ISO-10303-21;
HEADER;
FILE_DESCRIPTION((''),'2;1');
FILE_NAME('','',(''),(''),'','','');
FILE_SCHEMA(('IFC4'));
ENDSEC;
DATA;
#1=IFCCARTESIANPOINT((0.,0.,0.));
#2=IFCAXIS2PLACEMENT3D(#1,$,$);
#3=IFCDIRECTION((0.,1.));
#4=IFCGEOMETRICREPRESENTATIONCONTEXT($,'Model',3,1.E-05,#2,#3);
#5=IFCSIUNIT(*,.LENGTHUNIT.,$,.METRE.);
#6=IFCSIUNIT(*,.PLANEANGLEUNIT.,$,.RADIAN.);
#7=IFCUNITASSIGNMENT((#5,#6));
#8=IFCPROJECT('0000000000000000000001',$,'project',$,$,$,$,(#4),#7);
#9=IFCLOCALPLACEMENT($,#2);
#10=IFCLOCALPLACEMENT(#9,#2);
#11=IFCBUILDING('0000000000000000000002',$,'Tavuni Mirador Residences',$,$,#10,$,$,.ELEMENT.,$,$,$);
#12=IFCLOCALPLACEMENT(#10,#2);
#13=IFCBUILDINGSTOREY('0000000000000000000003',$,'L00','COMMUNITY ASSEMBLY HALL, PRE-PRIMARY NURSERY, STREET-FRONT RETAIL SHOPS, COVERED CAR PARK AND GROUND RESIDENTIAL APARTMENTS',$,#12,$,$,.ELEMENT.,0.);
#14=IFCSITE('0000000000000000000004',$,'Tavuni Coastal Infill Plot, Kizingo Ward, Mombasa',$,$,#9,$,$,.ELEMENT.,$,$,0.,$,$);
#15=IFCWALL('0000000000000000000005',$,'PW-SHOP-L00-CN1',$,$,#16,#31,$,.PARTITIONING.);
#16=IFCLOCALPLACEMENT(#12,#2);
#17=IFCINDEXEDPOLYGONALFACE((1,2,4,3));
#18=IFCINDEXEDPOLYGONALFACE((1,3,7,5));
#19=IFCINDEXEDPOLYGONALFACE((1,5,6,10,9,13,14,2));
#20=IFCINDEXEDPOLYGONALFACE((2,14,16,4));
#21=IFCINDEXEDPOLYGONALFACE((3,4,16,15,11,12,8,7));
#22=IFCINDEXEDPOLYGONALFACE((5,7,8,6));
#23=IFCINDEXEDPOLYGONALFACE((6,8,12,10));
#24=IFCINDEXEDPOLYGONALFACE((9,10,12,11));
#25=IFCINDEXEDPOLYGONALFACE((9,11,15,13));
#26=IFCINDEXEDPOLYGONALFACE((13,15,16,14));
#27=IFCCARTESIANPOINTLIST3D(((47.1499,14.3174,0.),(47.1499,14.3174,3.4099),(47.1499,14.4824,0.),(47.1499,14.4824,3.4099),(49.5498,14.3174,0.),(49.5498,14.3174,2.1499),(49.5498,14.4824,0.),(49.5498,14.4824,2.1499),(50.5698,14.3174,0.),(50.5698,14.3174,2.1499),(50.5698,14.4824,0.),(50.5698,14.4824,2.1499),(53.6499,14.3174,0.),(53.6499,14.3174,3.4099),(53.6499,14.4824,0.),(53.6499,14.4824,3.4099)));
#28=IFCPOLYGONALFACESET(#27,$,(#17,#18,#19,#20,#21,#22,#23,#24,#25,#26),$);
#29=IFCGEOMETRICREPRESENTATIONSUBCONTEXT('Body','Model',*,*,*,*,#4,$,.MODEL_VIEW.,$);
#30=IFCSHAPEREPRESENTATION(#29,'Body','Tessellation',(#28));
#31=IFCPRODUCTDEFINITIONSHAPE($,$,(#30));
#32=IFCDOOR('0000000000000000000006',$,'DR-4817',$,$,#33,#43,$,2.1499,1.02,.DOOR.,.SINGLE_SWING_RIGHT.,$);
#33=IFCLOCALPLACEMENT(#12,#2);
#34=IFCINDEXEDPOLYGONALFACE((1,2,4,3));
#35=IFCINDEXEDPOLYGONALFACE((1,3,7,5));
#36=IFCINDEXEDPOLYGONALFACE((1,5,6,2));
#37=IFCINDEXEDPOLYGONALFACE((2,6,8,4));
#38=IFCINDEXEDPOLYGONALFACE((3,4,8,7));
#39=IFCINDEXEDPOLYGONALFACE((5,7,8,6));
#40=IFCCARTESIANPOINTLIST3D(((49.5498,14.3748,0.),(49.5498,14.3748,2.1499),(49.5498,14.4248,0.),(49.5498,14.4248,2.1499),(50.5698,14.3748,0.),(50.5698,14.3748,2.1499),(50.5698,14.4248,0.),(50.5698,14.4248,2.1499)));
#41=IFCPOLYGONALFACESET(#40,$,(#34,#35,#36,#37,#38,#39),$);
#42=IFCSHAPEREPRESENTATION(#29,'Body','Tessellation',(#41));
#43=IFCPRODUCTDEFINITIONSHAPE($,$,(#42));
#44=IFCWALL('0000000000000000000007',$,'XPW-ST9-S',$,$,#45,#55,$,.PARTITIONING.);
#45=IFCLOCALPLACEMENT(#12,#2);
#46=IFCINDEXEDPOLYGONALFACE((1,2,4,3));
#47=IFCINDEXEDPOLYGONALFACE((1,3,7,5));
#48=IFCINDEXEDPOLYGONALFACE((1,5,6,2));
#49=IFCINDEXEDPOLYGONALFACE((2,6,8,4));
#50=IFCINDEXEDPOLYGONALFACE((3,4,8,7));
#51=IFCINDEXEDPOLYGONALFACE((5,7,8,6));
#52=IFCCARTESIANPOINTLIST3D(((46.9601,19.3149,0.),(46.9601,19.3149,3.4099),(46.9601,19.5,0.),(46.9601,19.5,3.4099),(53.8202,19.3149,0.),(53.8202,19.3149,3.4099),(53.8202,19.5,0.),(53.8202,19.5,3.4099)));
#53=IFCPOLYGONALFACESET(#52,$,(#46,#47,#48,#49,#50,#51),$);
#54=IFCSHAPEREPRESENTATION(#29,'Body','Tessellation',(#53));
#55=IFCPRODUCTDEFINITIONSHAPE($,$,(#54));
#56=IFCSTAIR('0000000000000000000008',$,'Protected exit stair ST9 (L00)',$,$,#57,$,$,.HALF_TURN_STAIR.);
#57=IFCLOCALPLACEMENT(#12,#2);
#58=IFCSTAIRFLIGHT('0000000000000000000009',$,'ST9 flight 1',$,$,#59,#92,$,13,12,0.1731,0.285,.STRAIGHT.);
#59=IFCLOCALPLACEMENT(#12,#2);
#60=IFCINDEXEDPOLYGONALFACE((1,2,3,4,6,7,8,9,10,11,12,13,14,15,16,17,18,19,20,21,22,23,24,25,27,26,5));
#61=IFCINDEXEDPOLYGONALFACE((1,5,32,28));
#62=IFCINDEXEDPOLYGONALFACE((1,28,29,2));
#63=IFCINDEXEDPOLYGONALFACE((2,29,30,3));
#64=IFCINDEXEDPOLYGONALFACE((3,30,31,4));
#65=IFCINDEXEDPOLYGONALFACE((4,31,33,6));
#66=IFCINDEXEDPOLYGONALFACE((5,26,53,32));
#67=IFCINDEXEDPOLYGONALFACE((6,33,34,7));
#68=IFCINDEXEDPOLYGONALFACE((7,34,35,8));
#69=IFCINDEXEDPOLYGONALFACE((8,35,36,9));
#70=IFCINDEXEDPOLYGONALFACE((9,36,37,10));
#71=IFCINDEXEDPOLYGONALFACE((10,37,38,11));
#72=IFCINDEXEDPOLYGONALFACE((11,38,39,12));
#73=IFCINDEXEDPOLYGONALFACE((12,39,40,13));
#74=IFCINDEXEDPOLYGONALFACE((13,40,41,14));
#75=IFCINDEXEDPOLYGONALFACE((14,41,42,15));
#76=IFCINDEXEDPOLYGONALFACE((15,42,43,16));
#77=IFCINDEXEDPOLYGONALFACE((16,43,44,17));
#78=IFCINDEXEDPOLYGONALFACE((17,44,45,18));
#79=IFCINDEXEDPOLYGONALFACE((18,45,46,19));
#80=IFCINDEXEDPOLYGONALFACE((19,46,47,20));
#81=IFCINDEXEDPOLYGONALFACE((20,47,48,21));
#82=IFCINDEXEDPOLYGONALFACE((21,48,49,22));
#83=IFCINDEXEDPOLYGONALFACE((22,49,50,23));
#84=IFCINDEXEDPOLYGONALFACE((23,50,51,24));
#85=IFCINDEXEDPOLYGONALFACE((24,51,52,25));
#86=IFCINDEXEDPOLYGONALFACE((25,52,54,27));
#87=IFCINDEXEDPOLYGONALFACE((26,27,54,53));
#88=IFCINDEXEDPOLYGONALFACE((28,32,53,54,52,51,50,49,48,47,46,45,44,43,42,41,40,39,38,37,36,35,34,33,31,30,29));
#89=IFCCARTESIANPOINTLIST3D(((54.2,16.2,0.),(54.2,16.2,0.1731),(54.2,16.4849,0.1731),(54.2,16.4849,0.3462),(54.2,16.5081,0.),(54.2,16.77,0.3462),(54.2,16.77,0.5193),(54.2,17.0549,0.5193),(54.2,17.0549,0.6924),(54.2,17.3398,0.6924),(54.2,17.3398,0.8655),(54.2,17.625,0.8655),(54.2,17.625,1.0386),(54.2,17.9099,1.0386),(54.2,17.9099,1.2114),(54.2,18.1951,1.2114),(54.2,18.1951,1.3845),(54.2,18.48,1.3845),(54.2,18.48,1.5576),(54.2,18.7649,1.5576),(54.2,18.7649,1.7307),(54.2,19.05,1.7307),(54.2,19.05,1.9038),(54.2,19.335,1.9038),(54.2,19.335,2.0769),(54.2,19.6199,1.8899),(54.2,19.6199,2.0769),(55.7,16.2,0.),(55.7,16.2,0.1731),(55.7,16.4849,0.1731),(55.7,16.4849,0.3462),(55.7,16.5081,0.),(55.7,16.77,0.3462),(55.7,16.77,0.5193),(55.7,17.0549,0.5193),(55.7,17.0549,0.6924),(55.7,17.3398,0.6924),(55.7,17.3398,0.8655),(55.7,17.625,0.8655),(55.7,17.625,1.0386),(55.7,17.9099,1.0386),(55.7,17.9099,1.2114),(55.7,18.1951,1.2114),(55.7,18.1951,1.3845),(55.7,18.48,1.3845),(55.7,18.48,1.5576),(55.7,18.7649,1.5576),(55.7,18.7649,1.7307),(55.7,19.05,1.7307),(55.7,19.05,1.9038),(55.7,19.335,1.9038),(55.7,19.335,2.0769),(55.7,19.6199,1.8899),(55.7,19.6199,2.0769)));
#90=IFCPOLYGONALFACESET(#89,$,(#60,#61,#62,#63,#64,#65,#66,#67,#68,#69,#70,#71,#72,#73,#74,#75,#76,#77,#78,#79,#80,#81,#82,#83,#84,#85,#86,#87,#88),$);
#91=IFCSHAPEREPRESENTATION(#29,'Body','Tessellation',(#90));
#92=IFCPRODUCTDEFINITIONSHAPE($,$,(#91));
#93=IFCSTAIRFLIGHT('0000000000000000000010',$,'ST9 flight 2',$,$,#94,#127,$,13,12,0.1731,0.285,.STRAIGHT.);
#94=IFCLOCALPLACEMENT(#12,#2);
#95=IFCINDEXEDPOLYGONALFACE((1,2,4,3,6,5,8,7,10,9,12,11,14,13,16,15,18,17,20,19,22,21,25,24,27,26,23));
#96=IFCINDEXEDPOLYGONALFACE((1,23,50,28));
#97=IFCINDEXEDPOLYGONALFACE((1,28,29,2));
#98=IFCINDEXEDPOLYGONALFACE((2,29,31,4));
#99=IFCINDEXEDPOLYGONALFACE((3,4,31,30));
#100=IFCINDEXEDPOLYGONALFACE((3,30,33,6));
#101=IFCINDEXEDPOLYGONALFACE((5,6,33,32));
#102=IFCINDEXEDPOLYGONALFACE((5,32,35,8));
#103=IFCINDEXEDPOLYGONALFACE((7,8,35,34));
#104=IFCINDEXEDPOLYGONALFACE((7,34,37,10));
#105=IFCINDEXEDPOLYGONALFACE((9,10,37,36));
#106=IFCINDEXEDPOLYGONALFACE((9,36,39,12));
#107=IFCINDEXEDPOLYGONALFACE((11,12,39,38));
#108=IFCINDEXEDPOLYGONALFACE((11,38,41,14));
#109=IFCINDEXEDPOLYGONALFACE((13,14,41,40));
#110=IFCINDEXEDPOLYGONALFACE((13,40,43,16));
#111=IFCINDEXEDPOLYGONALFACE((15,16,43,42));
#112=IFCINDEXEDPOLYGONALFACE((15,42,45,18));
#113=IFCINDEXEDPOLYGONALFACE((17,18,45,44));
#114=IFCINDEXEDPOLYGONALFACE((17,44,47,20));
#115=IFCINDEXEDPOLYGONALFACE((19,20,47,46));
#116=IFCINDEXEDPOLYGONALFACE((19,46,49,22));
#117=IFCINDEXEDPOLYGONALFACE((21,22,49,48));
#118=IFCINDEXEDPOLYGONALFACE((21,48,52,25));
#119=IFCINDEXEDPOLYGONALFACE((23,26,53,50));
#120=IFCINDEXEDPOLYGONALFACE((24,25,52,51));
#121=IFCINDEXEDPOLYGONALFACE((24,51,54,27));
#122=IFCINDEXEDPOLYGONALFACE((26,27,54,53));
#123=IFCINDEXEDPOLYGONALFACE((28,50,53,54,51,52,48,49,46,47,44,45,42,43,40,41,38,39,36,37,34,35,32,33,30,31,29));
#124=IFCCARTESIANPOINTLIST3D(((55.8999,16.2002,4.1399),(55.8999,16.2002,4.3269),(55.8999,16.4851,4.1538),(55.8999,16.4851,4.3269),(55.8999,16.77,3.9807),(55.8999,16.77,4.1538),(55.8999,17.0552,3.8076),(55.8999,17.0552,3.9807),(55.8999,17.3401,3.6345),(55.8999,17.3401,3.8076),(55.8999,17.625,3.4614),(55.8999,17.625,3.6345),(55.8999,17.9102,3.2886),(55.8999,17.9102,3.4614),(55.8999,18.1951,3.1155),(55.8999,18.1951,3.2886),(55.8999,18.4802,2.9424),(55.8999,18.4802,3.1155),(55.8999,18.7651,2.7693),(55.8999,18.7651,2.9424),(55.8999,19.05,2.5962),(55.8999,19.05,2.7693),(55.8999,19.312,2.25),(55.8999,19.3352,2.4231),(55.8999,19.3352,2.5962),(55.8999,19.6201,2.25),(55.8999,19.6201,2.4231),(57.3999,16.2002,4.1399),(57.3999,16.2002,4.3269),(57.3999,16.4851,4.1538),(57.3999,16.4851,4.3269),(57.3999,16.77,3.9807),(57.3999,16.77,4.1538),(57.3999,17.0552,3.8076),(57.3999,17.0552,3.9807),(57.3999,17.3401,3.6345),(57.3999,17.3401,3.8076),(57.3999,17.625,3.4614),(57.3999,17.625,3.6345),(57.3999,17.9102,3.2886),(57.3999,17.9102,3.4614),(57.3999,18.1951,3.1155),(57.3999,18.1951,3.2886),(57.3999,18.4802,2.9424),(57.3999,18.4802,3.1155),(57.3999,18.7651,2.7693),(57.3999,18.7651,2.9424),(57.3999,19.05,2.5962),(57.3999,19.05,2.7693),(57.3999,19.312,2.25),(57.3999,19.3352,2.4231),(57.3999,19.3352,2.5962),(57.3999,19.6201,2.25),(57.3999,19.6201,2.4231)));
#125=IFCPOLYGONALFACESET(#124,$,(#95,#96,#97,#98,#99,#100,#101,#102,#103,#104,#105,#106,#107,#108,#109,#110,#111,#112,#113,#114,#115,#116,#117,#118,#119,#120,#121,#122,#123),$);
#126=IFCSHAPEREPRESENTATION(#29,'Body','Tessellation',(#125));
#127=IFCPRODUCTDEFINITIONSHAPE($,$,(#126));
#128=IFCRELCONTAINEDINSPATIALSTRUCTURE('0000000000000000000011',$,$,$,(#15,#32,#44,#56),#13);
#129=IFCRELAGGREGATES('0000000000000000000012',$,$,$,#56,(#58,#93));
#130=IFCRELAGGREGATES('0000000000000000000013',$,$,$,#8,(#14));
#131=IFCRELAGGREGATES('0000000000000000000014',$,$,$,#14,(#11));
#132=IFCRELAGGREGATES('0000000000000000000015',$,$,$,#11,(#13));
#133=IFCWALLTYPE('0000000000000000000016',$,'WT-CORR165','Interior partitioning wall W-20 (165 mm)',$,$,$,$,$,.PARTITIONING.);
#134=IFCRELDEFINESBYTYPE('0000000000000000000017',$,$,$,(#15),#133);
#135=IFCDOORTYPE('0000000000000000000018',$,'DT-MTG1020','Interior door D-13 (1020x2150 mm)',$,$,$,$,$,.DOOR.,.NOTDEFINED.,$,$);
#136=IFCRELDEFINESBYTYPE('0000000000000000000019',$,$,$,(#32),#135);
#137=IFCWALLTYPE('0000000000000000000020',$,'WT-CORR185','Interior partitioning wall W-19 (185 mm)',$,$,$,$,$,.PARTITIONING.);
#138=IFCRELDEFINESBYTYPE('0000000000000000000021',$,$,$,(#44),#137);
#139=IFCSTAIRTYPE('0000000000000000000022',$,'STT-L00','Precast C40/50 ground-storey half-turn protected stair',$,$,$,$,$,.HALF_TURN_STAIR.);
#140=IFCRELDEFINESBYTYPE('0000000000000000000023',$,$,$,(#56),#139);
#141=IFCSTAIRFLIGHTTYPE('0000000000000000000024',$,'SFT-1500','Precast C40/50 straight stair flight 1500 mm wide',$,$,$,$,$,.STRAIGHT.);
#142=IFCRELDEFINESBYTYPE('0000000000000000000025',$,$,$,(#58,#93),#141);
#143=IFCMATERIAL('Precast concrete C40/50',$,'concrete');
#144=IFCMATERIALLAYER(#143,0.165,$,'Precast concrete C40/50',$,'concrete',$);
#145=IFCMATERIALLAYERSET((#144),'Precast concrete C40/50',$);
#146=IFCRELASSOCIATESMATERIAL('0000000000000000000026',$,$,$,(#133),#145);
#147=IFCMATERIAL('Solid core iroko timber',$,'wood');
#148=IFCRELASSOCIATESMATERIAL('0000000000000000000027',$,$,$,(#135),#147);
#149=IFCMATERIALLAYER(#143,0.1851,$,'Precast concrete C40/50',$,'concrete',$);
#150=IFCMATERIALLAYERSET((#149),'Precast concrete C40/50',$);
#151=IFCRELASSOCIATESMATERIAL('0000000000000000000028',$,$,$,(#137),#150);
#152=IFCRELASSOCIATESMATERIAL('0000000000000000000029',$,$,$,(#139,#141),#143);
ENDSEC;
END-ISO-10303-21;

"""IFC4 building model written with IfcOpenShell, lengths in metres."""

from ifc_helpers import new_model, si_unit, direction, frame, frame_2d, origin, place, context, subcontext, project, spatial, polyline, rectangle, outline, extrude, material, layer, layer_set, type_object, element, fill, aggregate, save


model = new_model("IFC4")

# Units and contexts
model_context = context("Model", 3, precision=1e-05, world=origin(), true_north=direction((0.0, 1.0)))
body_context = subcontext(model_context, "Body", "Model", "MODEL_VIEW")
ifc_project = project(units=[si_unit("LENGTHUNIT", "METRE"), si_unit("PLANEANGLEUNIT", "RADIAN")], contexts=[model_context])

# Site, building, storey
site_placement = place(None, origin())
site = spatial("IfcSite", under=ifc_project, at=site_placement, Name="Tavuni Coastal Infill Plot, Kizingo Ward, Mombasa", CompositionType="ELEMENT", RefElevation=0.0)
building_placement = place(site_placement, origin())
building = spatial("IfcBuilding", under=site, at=building_placement, Name="Tavuni Mirador Residences", CompositionType="ELEMENT")
storey_placement = place(building_placement, origin())
storey = spatial("IfcBuildingStorey", under=building, at=storey_placement, Name="L00", Description="COMMUNITY ASSEMBLY HALL, PRE-PRIMARY NURSERY, STREET-FRONT RETAIL SHOPS, COVERED CAR PARK AND GROUND RESIDENTIAL APARTMENTS", CompositionType="ELEMENT", Elevation=0.0)

# Shared definitions
ifc_material_1 = material(Name="Precast concrete C40/50", Category="concrete")

# Wall, opening, door
ifc_material_2 = material(Name="Solid core iroko timber", Category="wood")
ifc_layer_1 = layer(ifc_material_1, 0.165, Name="Precast concrete C40/50", Category="concrete")
ifc_layer_set_1 = layer_set([ifc_layer_1], Name="Precast concrete C40/50")
wall_type_1 = type_object("IfcWallType", Name="WT-CORR165", Description="Interior partitioning wall W-20 (165 mm)", PredefinedType="PARTITIONING", material=ifc_layer_set_1)
wall_1_placement = place(storey_placement, frame((47.1499, 14.3999, 0.0), z_axis=(0.0, 0.0, 1.0), x_axis=(1.0, 0.0, 0.0)))
wall_1 = element("IfcWall", 1, at=wall_1_placement, inside=storey, type_object=wall_type_1, Name="PW-SHOP-L00-CN1", PredefinedType="PARTITIONING", context=body_context, shape_type="SweptSolid", body=[
    extrude(rectangle(XDim=6.5, YDim=0.165, at=frame_2d((3.25, 0.0))), origin(), (0.0, 0.0, 1.0), 3.4099),
])
opening_1_placement = place(wall_1_placement, frame((2.3999, 0.0, 0.0)))
opening_1 = element("IfcOpeningElement", 2, at=opening_1_placement, cuts=wall_1, PredefinedType="OPENING", context=body_context, shape_type="SweptSolid", body=[
    extrude(rectangle(XDim=1.02, YDim=2.1499, at=frame_2d((0.51, 1.075))), frame((0.0, 0.0925, 0.0), z_axis=(0.0, -1.0, 0.0), x_axis=(1.0, 0.0, 0.0)), (0.0, 0.0, 1.0), 0.1851),
])
door_type_1 = type_object("IfcDoorType", Name="DT-MTG1020", Description="Interior door D-13 (1020x2150 mm)", OperationType="NOTDEFINED", PredefinedType="DOOR", material=ifc_material_2)
door_1_placement = place(opening_1_placement, origin())
door_1 = element("IfcDoor", 3, at=door_1_placement, inside=storey, type_object=door_type_1, Name="DR-4817", OperationType="SINGLE_SWING_RIGHT", OverallHeight=2.1499, OverallWidth=1.02, PredefinedType="DOOR", context=body_context, shape_type="SweptSolid", body=[
    extrude(rectangle(XDim=1.02, YDim=2.1499, at=frame_2d((0.51, 1.075))), frame((0.0, 0.0249, 0.0), z_axis=(0.0, -1.0, 0.0), x_axis=(1.0, 0.0, 0.0)), (0.0, 0.0, 1.0), 0.05),
])
fill(opening_1, door_1)

# Wall
ifc_layer_2 = layer(ifc_material_1, 0.1851, Name="Precast concrete C40/50", Category="concrete")
ifc_layer_set_2 = layer_set([ifc_layer_2], Name="Precast concrete C40/50")
wall_type_2 = type_object("IfcWallType", Name="WT-CORR185", Description="Interior partitioning wall W-19 (185 mm)", PredefinedType="PARTITIONING", material=ifc_layer_set_2)
wall_2_placement = place(storey_placement, frame((46.96, 19.4075, 0.0), z_axis=(0.0, 0.0, 1.0), x_axis=(1.0, 0.0, 0.0)))
element("IfcWall", 4, at=wall_2_placement, inside=storey, type_object=wall_type_2, Name="XPW-ST9-S", PredefinedType="PARTITIONING", context=body_context, shape_type="SweptSolid", body=[
    extrude(rectangle(XDim=6.8601, YDim=0.1851, at=frame_2d((3.4302, 0.0))), origin(), (0.0, 0.0, 1.0), 3.4099),
])

# Stair, stair flights
stair_type = type_object("IfcStairType", Name="STT-L00", Description="Precast C40/50 ground-storey half-turn protected stair", PredefinedType="HALF_TURN_STAIR", material=ifc_material_1)
stair_placement = place(storey_placement, origin())
stair = element("IfcStair", 5, at=stair_placement, inside=storey, type_object=stair_type, Name="Protected exit stair ST9 (L00)", PredefinedType="HALF_TURN_STAIR")
stair_flight_type = type_object("IfcStairFlightType", Name="SFT-1500", Description="Precast C40/50 straight stair flight 1500 mm wide", PredefinedType="STRAIGHT", material=ifc_material_1)
stair_flight_1_placement = place(storey_placement, frame((54.95, 16.2, 0.0), z_axis=(0.0, 0.0, 1.0), x_axis=(0.0, 1.0, 0.0)))
stair_flight_1 = element("IfcStairFlight", 6, at=stair_flight_1_placement, type_object=stair_flight_type, Name="ST9 flight 1", NumberOfRisers=13, NumberOfTreads=12, PredefinedType="STRAIGHT", RiserHeight=0.1731, TreadLength=0.285, context=body_context, shape_type="SweptSolid", body=[
    extrude(outline(polyline([(0.0, 0.0), (0.0, 0.1731), (0.2849, 0.1731), (0.2849, 0.3462), (0.5701, 0.3462), (0.5701, 0.5193), (0.855, 0.5193), (0.855, 0.6924), (1.1399, 0.6924), (1.1399, 0.8655), (1.425, 0.8655), (1.425, 1.0386), (1.71, 1.0386), (1.71, 1.2114), (1.9951, 1.2114), (1.9951, 1.3845), (2.28, 1.3845), (2.28, 1.5576), (2.5649, 1.5576), (2.5649, 1.7307), (2.8501, 1.7307), (2.8501, 1.9038), (3.135, 1.9038), (3.135, 2.0769), (3.4199, 2.0769), (3.4199, 2.25), (3.4199, 1.8899), (0.3081, 0.0), (0.0, 0.0)])), frame((0.0, 0.75, 0.0), z_axis=(0.0, -1.0, 0.0), x_axis=(1.0, 0.0, 0.0)), (0.0, 0.0, 1.0), 1.5),
])
stair_flight_2_placement = place(storey_placement, frame((56.6499, 19.6201, 2.25), z_axis=(0.0, 0.0, 1.0), x_axis=(0.0, -1.0, 0.0)))
stair_flight_2 = element("IfcStairFlight", 7, at=stair_flight_2_placement, type_object=stair_flight_type, Name="ST9 flight 2", NumberOfRisers=13, NumberOfTreads=12, PredefinedType="STRAIGHT", RiserHeight=0.1731, TreadLength=0.285, context=body_context, shape_type="SweptSolid", body=[
    extrude(outline(polyline([(0.0, 0.0), (0.0, 0.1731), (0.2849, 0.1731), (0.2849, 0.3462), (0.5701, 0.3462), (0.5701, 0.5193), (0.855, 0.5193), (0.855, 0.6924), (1.1399, 0.6924), (1.1399, 0.8655), (1.425, 0.8655), (1.425, 1.0386), (1.71, 1.0386), (1.71, 1.2114), (1.9951, 1.2114), (1.9951, 1.3845), (2.28, 1.3845), (2.28, 1.5576), (2.5649, 1.5576), (2.5649, 1.7307), (2.8501, 1.7307), (2.8501, 1.9038), (3.135, 1.9038), (3.135, 2.0769), (3.4199, 2.0769), (3.4199, 2.25), (3.4199, 1.8899), (0.3081, 0.0), (0.0, 0.0)])), frame((0.0, 0.75, 0.0), z_axis=(0.0, -1.0, 0.0), x_axis=(1.0, 0.0, 0.0)), (0.0, 0.0, 1.0), 1.5),
])
aggregate(stair, [stair_flight_1, stair_flight_2])

save(model, "model.ifc")
